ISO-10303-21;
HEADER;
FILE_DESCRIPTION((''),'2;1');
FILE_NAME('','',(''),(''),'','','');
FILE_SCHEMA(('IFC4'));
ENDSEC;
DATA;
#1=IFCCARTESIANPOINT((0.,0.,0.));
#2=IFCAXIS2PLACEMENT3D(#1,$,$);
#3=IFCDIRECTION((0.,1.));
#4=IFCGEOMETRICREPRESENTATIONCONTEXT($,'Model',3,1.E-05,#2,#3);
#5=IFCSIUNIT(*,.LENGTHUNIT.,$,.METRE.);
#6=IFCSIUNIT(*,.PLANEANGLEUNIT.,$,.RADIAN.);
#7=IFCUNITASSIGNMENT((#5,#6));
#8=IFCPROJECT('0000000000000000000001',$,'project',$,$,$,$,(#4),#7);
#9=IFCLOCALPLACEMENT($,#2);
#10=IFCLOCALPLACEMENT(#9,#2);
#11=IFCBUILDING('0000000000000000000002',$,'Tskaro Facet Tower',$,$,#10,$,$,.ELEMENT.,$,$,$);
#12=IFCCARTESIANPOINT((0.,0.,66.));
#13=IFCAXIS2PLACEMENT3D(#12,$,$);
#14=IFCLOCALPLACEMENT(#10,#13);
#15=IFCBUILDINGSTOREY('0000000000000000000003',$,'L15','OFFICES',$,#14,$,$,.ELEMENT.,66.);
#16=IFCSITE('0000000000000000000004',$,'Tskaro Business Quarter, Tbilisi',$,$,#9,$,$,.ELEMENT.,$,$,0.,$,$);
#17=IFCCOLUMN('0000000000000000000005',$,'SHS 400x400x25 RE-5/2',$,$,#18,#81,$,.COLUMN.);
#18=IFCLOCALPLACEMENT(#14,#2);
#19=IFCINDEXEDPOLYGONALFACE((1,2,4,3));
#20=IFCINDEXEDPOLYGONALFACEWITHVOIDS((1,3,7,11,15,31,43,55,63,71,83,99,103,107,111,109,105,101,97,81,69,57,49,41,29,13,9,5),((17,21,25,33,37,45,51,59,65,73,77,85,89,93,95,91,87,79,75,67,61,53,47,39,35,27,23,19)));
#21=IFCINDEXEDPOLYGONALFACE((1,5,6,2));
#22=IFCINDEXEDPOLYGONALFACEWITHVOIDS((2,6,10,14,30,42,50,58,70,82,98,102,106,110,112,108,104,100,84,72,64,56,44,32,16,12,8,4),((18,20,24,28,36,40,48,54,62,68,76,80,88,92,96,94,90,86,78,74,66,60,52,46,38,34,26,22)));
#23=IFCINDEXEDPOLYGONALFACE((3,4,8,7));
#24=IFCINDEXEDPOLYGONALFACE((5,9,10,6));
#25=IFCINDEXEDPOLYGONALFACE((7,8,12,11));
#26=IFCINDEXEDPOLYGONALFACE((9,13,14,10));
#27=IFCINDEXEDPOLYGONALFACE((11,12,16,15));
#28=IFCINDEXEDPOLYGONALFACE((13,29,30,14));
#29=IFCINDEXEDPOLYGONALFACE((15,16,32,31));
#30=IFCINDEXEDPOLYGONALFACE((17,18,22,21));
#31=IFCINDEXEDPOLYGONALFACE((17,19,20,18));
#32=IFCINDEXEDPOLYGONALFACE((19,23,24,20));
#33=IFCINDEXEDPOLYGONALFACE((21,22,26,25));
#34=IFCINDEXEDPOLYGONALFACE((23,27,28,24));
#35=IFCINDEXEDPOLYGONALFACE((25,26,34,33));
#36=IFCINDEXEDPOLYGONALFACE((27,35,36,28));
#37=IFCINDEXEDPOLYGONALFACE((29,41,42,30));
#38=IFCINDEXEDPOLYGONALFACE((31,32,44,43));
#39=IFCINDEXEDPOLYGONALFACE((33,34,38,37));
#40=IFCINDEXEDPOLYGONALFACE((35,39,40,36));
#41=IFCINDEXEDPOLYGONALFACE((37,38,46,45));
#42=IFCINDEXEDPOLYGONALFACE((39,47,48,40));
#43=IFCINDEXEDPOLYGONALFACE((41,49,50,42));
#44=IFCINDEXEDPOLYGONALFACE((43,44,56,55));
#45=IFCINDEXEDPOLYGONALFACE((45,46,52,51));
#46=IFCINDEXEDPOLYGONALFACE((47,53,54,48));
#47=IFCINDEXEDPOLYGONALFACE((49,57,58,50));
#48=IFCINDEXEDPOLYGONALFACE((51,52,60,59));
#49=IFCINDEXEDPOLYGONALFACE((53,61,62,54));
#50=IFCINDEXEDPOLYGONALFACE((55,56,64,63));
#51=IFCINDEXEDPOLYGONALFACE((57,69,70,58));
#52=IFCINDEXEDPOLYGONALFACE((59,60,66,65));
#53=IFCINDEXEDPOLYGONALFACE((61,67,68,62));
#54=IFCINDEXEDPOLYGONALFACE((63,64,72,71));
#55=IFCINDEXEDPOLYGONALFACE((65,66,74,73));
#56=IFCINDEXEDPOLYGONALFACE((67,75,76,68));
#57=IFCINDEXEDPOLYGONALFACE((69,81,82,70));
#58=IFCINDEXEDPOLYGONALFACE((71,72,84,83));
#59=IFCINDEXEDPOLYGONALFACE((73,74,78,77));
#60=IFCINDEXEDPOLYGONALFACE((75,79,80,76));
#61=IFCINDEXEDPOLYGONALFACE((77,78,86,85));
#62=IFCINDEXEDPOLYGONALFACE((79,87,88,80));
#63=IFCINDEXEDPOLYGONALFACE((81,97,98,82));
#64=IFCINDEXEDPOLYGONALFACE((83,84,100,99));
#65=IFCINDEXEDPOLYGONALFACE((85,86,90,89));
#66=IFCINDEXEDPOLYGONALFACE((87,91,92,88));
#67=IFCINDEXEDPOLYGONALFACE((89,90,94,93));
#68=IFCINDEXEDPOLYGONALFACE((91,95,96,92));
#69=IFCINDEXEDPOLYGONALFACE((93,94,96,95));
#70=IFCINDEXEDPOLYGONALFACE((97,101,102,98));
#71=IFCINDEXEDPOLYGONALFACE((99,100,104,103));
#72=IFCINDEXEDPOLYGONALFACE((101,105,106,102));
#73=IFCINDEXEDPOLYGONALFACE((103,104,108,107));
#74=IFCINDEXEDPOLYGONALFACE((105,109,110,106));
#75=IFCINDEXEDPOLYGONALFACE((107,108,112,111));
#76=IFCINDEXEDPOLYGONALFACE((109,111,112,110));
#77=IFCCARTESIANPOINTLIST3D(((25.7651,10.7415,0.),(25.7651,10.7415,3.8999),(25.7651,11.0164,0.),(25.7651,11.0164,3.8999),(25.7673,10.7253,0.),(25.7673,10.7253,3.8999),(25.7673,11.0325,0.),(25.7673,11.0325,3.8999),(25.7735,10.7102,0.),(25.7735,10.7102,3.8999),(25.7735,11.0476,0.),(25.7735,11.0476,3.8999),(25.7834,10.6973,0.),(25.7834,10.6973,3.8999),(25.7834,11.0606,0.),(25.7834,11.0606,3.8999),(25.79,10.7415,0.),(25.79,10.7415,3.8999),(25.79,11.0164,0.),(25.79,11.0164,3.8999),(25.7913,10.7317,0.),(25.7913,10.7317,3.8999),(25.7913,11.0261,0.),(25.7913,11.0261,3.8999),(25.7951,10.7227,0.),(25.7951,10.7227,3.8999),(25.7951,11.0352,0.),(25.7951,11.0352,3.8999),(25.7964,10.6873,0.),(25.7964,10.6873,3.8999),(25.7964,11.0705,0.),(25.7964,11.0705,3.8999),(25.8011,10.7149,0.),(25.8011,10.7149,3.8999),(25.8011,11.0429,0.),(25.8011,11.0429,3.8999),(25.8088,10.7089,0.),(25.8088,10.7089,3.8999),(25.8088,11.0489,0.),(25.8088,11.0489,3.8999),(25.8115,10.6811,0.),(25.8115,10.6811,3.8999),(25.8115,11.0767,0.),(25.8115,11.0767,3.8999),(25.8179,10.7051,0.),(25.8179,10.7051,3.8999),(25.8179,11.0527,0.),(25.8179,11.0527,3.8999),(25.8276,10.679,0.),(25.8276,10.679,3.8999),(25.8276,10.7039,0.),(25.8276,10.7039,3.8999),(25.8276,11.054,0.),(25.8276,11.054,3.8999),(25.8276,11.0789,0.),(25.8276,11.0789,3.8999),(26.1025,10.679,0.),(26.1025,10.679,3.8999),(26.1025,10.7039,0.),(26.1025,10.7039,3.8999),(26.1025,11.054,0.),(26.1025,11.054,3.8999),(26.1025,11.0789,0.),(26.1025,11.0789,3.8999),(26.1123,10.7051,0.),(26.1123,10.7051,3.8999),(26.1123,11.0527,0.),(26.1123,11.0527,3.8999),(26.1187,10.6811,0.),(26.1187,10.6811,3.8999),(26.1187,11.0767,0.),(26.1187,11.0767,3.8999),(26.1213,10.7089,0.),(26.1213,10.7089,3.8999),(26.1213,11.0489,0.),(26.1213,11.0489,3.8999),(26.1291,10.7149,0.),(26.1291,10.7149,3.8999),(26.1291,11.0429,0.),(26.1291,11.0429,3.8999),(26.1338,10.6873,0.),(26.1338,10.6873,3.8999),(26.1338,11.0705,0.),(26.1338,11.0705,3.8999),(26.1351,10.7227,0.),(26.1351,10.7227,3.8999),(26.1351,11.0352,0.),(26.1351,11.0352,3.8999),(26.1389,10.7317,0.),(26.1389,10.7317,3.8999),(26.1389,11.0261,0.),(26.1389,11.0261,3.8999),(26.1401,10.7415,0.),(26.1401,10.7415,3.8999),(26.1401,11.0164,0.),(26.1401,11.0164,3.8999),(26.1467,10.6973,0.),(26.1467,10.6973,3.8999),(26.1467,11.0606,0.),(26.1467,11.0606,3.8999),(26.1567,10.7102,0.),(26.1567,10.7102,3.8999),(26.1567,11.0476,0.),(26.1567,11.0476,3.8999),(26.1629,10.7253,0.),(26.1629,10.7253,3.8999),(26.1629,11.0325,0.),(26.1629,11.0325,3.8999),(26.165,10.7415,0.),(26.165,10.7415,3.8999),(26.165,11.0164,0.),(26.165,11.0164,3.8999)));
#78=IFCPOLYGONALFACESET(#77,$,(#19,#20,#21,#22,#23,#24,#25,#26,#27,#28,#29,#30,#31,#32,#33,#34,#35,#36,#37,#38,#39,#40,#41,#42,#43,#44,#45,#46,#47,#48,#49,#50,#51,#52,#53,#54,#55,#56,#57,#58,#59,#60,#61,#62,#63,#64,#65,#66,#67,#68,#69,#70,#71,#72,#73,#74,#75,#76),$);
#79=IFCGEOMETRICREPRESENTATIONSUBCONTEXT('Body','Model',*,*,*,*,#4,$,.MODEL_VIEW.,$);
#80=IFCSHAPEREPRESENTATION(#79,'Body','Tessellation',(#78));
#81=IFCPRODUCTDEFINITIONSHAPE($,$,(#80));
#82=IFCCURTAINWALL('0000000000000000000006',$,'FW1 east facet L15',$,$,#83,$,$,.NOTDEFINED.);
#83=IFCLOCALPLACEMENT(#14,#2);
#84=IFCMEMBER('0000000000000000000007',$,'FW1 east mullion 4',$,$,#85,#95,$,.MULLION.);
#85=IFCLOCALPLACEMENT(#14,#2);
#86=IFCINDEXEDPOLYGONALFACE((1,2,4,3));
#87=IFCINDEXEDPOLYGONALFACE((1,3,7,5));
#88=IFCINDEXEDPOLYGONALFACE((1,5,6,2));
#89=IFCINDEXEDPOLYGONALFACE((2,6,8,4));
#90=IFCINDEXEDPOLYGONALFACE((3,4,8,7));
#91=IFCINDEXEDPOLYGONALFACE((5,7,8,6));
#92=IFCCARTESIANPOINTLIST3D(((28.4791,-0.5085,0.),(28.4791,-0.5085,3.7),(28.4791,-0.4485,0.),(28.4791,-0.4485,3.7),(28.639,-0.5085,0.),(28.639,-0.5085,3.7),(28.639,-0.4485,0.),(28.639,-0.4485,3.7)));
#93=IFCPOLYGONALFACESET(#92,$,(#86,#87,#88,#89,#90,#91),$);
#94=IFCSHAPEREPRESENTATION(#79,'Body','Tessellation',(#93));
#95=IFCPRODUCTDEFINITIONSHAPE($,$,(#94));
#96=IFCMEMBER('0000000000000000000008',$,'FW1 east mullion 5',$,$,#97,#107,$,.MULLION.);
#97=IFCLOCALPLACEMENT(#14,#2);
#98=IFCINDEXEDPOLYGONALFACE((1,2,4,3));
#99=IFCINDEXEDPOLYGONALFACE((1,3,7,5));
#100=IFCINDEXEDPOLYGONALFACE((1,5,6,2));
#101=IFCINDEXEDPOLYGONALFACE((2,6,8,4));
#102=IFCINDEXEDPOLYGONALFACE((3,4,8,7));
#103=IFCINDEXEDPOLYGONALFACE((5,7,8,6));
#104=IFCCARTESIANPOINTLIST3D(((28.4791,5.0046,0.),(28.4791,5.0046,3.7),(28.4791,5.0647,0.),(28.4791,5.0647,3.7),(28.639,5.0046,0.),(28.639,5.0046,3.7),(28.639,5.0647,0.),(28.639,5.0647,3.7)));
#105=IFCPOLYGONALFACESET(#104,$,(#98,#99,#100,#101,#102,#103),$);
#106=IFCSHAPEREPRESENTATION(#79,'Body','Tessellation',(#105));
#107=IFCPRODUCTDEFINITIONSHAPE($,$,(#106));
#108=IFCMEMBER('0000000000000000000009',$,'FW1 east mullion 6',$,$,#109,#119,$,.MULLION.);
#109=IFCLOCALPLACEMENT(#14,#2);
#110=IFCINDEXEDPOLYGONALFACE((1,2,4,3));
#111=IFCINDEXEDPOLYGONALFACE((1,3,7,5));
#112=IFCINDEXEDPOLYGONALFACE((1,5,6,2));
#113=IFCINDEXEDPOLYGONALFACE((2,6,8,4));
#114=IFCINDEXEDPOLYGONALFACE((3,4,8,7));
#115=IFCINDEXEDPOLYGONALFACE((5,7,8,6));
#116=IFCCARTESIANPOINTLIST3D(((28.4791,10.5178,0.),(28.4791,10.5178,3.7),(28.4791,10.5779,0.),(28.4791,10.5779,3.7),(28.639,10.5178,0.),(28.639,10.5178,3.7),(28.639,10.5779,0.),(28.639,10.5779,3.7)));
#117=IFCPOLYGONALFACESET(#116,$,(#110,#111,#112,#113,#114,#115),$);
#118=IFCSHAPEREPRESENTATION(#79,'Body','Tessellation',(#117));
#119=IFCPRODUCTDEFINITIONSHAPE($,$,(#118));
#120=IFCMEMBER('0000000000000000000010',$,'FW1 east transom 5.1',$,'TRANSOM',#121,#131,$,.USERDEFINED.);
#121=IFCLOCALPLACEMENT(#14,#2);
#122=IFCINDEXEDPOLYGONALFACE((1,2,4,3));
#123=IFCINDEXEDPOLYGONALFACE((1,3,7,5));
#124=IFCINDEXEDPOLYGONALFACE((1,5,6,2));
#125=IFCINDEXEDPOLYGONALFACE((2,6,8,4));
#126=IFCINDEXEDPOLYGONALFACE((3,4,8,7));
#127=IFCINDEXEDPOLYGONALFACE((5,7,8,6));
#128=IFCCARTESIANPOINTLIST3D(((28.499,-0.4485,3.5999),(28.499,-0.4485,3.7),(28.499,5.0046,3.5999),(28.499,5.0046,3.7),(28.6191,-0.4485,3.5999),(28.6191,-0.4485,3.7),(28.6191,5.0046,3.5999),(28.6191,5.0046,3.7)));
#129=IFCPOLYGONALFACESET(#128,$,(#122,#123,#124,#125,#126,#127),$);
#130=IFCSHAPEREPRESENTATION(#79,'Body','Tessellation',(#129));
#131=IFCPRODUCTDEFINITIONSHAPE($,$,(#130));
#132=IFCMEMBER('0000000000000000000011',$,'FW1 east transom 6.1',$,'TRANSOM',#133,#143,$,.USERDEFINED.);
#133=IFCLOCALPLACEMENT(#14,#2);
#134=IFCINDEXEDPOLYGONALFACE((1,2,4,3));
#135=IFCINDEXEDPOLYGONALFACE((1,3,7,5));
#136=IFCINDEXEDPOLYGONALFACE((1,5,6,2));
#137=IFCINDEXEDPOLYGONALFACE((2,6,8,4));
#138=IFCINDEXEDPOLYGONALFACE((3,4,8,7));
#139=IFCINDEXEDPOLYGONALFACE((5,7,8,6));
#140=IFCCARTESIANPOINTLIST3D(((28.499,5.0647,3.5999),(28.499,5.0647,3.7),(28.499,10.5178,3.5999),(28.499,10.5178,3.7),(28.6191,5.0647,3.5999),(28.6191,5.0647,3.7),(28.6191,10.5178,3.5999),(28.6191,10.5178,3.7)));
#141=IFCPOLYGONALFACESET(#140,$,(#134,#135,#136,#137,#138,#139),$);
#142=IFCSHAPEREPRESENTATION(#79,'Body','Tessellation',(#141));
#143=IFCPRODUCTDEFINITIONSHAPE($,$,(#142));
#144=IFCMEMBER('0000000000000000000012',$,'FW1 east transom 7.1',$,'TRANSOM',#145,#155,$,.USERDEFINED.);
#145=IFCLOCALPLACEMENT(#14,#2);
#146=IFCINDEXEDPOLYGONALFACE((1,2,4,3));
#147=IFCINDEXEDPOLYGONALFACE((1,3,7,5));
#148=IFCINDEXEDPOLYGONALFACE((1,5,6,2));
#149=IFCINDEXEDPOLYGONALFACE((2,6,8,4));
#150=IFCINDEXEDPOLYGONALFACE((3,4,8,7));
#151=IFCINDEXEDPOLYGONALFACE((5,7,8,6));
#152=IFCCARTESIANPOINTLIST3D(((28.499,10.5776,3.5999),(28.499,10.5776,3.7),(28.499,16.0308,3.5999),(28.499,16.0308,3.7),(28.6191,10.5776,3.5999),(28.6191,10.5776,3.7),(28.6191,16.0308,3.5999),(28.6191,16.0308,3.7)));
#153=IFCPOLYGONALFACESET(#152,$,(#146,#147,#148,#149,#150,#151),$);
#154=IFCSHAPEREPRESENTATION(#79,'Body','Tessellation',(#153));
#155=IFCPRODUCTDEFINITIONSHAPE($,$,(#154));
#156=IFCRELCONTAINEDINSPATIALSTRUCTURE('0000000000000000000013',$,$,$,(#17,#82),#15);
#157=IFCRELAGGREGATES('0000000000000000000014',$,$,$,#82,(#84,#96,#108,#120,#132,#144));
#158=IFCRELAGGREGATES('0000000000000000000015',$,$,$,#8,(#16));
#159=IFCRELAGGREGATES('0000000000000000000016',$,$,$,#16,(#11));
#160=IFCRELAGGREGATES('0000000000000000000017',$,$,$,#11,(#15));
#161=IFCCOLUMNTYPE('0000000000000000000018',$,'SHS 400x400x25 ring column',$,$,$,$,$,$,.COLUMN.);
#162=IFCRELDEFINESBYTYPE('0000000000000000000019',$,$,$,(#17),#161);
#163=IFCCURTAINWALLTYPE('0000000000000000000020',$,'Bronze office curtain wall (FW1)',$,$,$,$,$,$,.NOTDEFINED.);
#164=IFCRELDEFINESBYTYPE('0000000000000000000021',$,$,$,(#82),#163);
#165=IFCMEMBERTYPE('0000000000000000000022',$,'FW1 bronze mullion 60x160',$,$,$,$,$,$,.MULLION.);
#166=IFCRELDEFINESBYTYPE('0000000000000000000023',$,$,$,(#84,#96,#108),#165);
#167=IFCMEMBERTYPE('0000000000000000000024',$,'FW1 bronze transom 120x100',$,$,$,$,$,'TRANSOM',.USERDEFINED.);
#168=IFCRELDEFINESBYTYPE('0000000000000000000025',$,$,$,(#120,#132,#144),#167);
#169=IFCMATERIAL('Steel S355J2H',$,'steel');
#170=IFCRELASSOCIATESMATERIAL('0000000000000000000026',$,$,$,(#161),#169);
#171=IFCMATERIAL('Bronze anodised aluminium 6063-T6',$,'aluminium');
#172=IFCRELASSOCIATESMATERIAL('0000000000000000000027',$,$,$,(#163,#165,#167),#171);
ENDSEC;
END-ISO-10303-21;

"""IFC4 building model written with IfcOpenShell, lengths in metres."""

from ifc_helpers import new_model, si_unit, direction, frame, origin, origin_2d, place, context, subcontext, project, spatial, rectangle, hollow_rectangle, extrude, material, material_profile, profile_set, type_object, element, aggregate, save


model = new_model("IFC4")

# Units and contexts
model_context = context("Model", 3, precision=1e-05, world=origin(), true_north=direction((0.0, 1.0)))
body_context = subcontext(model_context, "Body", "Model", "MODEL_VIEW")
ifc_project = project(units=[si_unit("LENGTHUNIT", "METRE"), si_unit("PLANEANGLEUNIT", "RADIAN")], contexts=[model_context])

# Site, building, storey
site_placement = place(None, origin())
site = spatial("IfcSite", under=ifc_project, at=site_placement, Name="Tskaro Business Quarter, Tbilisi", CompositionType="ELEMENT", RefElevation=0.0)
building_placement = place(site_placement, origin())
building = spatial("IfcBuilding", under=site, at=building_placement, Name="Tskaro Facet Tower", CompositionType="ELEMENT")
storey_placement = place(building_placement, frame((0.0, 0.0, 66.0)))
storey = spatial("IfcBuildingStorey", under=building, at=storey_placement, Name="L15", Description="OFFICES", CompositionType="ELEMENT", Elevation=66.0)

# Column
ifc_material_1 = material(Name="Steel S355J2H", Category="steel")
ifc_material_profile_1 = material_profile(ifc_material_1, hollow_rectangle(XDim=0.3999, YDim=0.3999, WallThickness=0.0249, InnerFilletRadius=0.0376, OuterFilletRadius=0.0625, at=origin_2d()), Name="SHS 400x400x25")
ifc_profile_set_1 = profile_set([ifc_material_profile_1], Name="Steel S355J2H")
column_type_1 = type_object("IfcColumnType", Name="SHS 400x400x25 ring column", PredefinedType="COLUMN", material=ifc_profile_set_1)
for number, where, z_axis, x_axis, name in (
    (1, (25.9651, 10.8789, 0.0), (0.0, 0.0, 1.0), (1.0, 0.0, 0.0), "SHS 400x400x25 RE-5/2"),
):
    element("IfcColumn", number, at=place(storey_placement, frame(where, z_axis=z_axis, x_axis=x_axis)), inside=storey, type_object=column_type_1, Name=name, PredefinedType="COLUMN", context=body_context, shape_type="SweptSolid", body=[
        extrude(hollow_rectangle(XDim=0.3999, YDim=0.3999, WallThickness=0.0249, InnerFilletRadius=0.0376, OuterFilletRadius=0.0625, at=origin_2d()), origin(), (0.0, 0.0, 1.0), 3.8999),
    ])

# Curtain wall, members
ifc_material_2 = material(Name="Bronze anodised aluminium 6063-T6", Category="aluminium")
curtain_wall_type = type_object("IfcCurtainWallType", Name="Bronze office curtain wall (FW1)", PredefinedType="NOTDEFINED", material=ifc_material_2)
curtain_wall_placement = place(storey_placement, origin())
curtain_wall = element("IfcCurtainWall", 2, at=curtain_wall_placement, inside=storey, type_object=curtain_wall_type, Name="FW1 east facet L15", PredefinedType="NOTDEFINED")
ifc_material_profile_2 = material_profile(ifc_material_2, rectangle(XDim=0.0601, YDim=0.1599, at=origin_2d()), Name="Mullion 60x160")
ifc_profile_set_2 = profile_set([ifc_material_profile_2], Name="Bronze anodised aluminium 6063-T6")
member_type_1 = type_object("IfcMemberType", Name="FW1 bronze mullion 60x160", PredefinedType="MULLION", material=ifc_profile_set_2)
member_1_placement = place(storey_placement, frame((28.5591, -0.4785, 0.0), z_axis=(0.0, 0.0, 1.0), x_axis=(0.0, 1.0, 0.0)))
member_1 = element("IfcMember", 3, at=member_1_placement, type_object=member_type_1, Name="FW1 east mullion 4", PredefinedType="MULLION", context=body_context, shape_type="SweptSolid", body=[
    extrude(rectangle(XDim=0.0601, YDim=0.1599, at=origin_2d()), origin(), (0.0, 0.0, 1.0), 3.7),
])
member_2_placement = place(storey_placement, frame((28.5591, 5.0347, 0.0), z_axis=(0.0, 0.0, 1.0), x_axis=(0.0, 1.0, 0.0)))
member_2 = element("IfcMember", 4, at=member_2_placement, type_object=member_type_1, Name="FW1 east mullion 5", PredefinedType="MULLION", context=body_context, shape_type="SweptSolid", body=[
    extrude(rectangle(XDim=0.0601, YDim=0.1599, at=origin_2d()), origin(), (0.0, 0.0, 1.0), 3.7),
])
member_3_placement = place(storey_placement, frame((28.5591, 10.5479, 0.0), z_axis=(0.0, 0.0, 1.0), x_axis=(0.0, 1.0, 0.0)))
member_3 = element("IfcMember", 5, at=member_3_placement, type_object=member_type_1, Name="FW1 east mullion 6", PredefinedType="MULLION", context=body_context, shape_type="SweptSolid", body=[
    extrude(rectangle(XDim=0.0601, YDim=0.1599, at=origin_2d()), origin(), (0.0, 0.0, 1.0), 3.7),
])
ifc_material_profile_3 = material_profile(ifc_material_2, rectangle(XDim=0.1201, YDim=0.1001, at=origin_2d()), Name="Transom 120x100")
ifc_profile_set_3 = profile_set([ifc_material_profile_3], Name="Bronze anodised aluminium 6063-T6")
member_type_2 = type_object("IfcMemberType", Name="FW1 bronze transom 120x100", ElementType="TRANSOM", PredefinedType="USERDEFINED", material=ifc_profile_set_3)
member_4_placement = place(storey_placement, frame((28.5591, -0.4485, 3.6499), z_axis=(0.0, 1.0, 0.0), x_axis=(-1.0, 0.0, 0.0)))
member_4 = element("IfcMember", 6, at=member_4_placement, type_object=member_type_2, Name="FW1 east transom 5.1", ObjectType="TRANSOM", PredefinedType="USERDEFINED", context=body_context, shape_type="SweptSolid", body=[
    extrude(rectangle(XDim=0.1201, YDim=0.1001, at=origin_2d()), origin(), (0.0, 0.0, 1.0), 5.4531),
])
member_5_placement = place(storey_placement, frame((28.5591, 5.0647, 3.6499), z_axis=(0.0, 1.0, 0.0), x_axis=(-1.0, 0.0, 0.0)))
member_5 = element("IfcMember", 7, at=member_5_placement, type_object=member_type_2, Name="FW1 east transom 6.1", ObjectType="TRANSOM", PredefinedType="USERDEFINED", context=body_context, shape_type="SweptSolid", body=[
    extrude(rectangle(XDim=0.1201, YDim=0.1001, at=origin_2d()), origin(), (0.0, 0.0, 1.0), 5.4531),
])
member_6_placement = place(storey_placement, frame((28.5591, 10.5776, 3.6499), z_axis=(0.0, 1.0, 0.0), x_axis=(-1.0, 0.0, 0.0)))
member_6 = element("IfcMember", 8, at=member_6_placement, type_object=member_type_2, Name="FW1 east transom 7.1", ObjectType="TRANSOM", PredefinedType="USERDEFINED", context=body_context, shape_type="SweptSolid", body=[
    extrude(rectangle(XDim=0.1201, YDim=0.1001, at=origin_2d()), origin(), (0.0, 0.0, 1.0), 5.4531),
])

aggregate(curtain_wall, [member_1, member_2, member_3, member_4, member_5, member_6])

save(model, "model.ifc")
